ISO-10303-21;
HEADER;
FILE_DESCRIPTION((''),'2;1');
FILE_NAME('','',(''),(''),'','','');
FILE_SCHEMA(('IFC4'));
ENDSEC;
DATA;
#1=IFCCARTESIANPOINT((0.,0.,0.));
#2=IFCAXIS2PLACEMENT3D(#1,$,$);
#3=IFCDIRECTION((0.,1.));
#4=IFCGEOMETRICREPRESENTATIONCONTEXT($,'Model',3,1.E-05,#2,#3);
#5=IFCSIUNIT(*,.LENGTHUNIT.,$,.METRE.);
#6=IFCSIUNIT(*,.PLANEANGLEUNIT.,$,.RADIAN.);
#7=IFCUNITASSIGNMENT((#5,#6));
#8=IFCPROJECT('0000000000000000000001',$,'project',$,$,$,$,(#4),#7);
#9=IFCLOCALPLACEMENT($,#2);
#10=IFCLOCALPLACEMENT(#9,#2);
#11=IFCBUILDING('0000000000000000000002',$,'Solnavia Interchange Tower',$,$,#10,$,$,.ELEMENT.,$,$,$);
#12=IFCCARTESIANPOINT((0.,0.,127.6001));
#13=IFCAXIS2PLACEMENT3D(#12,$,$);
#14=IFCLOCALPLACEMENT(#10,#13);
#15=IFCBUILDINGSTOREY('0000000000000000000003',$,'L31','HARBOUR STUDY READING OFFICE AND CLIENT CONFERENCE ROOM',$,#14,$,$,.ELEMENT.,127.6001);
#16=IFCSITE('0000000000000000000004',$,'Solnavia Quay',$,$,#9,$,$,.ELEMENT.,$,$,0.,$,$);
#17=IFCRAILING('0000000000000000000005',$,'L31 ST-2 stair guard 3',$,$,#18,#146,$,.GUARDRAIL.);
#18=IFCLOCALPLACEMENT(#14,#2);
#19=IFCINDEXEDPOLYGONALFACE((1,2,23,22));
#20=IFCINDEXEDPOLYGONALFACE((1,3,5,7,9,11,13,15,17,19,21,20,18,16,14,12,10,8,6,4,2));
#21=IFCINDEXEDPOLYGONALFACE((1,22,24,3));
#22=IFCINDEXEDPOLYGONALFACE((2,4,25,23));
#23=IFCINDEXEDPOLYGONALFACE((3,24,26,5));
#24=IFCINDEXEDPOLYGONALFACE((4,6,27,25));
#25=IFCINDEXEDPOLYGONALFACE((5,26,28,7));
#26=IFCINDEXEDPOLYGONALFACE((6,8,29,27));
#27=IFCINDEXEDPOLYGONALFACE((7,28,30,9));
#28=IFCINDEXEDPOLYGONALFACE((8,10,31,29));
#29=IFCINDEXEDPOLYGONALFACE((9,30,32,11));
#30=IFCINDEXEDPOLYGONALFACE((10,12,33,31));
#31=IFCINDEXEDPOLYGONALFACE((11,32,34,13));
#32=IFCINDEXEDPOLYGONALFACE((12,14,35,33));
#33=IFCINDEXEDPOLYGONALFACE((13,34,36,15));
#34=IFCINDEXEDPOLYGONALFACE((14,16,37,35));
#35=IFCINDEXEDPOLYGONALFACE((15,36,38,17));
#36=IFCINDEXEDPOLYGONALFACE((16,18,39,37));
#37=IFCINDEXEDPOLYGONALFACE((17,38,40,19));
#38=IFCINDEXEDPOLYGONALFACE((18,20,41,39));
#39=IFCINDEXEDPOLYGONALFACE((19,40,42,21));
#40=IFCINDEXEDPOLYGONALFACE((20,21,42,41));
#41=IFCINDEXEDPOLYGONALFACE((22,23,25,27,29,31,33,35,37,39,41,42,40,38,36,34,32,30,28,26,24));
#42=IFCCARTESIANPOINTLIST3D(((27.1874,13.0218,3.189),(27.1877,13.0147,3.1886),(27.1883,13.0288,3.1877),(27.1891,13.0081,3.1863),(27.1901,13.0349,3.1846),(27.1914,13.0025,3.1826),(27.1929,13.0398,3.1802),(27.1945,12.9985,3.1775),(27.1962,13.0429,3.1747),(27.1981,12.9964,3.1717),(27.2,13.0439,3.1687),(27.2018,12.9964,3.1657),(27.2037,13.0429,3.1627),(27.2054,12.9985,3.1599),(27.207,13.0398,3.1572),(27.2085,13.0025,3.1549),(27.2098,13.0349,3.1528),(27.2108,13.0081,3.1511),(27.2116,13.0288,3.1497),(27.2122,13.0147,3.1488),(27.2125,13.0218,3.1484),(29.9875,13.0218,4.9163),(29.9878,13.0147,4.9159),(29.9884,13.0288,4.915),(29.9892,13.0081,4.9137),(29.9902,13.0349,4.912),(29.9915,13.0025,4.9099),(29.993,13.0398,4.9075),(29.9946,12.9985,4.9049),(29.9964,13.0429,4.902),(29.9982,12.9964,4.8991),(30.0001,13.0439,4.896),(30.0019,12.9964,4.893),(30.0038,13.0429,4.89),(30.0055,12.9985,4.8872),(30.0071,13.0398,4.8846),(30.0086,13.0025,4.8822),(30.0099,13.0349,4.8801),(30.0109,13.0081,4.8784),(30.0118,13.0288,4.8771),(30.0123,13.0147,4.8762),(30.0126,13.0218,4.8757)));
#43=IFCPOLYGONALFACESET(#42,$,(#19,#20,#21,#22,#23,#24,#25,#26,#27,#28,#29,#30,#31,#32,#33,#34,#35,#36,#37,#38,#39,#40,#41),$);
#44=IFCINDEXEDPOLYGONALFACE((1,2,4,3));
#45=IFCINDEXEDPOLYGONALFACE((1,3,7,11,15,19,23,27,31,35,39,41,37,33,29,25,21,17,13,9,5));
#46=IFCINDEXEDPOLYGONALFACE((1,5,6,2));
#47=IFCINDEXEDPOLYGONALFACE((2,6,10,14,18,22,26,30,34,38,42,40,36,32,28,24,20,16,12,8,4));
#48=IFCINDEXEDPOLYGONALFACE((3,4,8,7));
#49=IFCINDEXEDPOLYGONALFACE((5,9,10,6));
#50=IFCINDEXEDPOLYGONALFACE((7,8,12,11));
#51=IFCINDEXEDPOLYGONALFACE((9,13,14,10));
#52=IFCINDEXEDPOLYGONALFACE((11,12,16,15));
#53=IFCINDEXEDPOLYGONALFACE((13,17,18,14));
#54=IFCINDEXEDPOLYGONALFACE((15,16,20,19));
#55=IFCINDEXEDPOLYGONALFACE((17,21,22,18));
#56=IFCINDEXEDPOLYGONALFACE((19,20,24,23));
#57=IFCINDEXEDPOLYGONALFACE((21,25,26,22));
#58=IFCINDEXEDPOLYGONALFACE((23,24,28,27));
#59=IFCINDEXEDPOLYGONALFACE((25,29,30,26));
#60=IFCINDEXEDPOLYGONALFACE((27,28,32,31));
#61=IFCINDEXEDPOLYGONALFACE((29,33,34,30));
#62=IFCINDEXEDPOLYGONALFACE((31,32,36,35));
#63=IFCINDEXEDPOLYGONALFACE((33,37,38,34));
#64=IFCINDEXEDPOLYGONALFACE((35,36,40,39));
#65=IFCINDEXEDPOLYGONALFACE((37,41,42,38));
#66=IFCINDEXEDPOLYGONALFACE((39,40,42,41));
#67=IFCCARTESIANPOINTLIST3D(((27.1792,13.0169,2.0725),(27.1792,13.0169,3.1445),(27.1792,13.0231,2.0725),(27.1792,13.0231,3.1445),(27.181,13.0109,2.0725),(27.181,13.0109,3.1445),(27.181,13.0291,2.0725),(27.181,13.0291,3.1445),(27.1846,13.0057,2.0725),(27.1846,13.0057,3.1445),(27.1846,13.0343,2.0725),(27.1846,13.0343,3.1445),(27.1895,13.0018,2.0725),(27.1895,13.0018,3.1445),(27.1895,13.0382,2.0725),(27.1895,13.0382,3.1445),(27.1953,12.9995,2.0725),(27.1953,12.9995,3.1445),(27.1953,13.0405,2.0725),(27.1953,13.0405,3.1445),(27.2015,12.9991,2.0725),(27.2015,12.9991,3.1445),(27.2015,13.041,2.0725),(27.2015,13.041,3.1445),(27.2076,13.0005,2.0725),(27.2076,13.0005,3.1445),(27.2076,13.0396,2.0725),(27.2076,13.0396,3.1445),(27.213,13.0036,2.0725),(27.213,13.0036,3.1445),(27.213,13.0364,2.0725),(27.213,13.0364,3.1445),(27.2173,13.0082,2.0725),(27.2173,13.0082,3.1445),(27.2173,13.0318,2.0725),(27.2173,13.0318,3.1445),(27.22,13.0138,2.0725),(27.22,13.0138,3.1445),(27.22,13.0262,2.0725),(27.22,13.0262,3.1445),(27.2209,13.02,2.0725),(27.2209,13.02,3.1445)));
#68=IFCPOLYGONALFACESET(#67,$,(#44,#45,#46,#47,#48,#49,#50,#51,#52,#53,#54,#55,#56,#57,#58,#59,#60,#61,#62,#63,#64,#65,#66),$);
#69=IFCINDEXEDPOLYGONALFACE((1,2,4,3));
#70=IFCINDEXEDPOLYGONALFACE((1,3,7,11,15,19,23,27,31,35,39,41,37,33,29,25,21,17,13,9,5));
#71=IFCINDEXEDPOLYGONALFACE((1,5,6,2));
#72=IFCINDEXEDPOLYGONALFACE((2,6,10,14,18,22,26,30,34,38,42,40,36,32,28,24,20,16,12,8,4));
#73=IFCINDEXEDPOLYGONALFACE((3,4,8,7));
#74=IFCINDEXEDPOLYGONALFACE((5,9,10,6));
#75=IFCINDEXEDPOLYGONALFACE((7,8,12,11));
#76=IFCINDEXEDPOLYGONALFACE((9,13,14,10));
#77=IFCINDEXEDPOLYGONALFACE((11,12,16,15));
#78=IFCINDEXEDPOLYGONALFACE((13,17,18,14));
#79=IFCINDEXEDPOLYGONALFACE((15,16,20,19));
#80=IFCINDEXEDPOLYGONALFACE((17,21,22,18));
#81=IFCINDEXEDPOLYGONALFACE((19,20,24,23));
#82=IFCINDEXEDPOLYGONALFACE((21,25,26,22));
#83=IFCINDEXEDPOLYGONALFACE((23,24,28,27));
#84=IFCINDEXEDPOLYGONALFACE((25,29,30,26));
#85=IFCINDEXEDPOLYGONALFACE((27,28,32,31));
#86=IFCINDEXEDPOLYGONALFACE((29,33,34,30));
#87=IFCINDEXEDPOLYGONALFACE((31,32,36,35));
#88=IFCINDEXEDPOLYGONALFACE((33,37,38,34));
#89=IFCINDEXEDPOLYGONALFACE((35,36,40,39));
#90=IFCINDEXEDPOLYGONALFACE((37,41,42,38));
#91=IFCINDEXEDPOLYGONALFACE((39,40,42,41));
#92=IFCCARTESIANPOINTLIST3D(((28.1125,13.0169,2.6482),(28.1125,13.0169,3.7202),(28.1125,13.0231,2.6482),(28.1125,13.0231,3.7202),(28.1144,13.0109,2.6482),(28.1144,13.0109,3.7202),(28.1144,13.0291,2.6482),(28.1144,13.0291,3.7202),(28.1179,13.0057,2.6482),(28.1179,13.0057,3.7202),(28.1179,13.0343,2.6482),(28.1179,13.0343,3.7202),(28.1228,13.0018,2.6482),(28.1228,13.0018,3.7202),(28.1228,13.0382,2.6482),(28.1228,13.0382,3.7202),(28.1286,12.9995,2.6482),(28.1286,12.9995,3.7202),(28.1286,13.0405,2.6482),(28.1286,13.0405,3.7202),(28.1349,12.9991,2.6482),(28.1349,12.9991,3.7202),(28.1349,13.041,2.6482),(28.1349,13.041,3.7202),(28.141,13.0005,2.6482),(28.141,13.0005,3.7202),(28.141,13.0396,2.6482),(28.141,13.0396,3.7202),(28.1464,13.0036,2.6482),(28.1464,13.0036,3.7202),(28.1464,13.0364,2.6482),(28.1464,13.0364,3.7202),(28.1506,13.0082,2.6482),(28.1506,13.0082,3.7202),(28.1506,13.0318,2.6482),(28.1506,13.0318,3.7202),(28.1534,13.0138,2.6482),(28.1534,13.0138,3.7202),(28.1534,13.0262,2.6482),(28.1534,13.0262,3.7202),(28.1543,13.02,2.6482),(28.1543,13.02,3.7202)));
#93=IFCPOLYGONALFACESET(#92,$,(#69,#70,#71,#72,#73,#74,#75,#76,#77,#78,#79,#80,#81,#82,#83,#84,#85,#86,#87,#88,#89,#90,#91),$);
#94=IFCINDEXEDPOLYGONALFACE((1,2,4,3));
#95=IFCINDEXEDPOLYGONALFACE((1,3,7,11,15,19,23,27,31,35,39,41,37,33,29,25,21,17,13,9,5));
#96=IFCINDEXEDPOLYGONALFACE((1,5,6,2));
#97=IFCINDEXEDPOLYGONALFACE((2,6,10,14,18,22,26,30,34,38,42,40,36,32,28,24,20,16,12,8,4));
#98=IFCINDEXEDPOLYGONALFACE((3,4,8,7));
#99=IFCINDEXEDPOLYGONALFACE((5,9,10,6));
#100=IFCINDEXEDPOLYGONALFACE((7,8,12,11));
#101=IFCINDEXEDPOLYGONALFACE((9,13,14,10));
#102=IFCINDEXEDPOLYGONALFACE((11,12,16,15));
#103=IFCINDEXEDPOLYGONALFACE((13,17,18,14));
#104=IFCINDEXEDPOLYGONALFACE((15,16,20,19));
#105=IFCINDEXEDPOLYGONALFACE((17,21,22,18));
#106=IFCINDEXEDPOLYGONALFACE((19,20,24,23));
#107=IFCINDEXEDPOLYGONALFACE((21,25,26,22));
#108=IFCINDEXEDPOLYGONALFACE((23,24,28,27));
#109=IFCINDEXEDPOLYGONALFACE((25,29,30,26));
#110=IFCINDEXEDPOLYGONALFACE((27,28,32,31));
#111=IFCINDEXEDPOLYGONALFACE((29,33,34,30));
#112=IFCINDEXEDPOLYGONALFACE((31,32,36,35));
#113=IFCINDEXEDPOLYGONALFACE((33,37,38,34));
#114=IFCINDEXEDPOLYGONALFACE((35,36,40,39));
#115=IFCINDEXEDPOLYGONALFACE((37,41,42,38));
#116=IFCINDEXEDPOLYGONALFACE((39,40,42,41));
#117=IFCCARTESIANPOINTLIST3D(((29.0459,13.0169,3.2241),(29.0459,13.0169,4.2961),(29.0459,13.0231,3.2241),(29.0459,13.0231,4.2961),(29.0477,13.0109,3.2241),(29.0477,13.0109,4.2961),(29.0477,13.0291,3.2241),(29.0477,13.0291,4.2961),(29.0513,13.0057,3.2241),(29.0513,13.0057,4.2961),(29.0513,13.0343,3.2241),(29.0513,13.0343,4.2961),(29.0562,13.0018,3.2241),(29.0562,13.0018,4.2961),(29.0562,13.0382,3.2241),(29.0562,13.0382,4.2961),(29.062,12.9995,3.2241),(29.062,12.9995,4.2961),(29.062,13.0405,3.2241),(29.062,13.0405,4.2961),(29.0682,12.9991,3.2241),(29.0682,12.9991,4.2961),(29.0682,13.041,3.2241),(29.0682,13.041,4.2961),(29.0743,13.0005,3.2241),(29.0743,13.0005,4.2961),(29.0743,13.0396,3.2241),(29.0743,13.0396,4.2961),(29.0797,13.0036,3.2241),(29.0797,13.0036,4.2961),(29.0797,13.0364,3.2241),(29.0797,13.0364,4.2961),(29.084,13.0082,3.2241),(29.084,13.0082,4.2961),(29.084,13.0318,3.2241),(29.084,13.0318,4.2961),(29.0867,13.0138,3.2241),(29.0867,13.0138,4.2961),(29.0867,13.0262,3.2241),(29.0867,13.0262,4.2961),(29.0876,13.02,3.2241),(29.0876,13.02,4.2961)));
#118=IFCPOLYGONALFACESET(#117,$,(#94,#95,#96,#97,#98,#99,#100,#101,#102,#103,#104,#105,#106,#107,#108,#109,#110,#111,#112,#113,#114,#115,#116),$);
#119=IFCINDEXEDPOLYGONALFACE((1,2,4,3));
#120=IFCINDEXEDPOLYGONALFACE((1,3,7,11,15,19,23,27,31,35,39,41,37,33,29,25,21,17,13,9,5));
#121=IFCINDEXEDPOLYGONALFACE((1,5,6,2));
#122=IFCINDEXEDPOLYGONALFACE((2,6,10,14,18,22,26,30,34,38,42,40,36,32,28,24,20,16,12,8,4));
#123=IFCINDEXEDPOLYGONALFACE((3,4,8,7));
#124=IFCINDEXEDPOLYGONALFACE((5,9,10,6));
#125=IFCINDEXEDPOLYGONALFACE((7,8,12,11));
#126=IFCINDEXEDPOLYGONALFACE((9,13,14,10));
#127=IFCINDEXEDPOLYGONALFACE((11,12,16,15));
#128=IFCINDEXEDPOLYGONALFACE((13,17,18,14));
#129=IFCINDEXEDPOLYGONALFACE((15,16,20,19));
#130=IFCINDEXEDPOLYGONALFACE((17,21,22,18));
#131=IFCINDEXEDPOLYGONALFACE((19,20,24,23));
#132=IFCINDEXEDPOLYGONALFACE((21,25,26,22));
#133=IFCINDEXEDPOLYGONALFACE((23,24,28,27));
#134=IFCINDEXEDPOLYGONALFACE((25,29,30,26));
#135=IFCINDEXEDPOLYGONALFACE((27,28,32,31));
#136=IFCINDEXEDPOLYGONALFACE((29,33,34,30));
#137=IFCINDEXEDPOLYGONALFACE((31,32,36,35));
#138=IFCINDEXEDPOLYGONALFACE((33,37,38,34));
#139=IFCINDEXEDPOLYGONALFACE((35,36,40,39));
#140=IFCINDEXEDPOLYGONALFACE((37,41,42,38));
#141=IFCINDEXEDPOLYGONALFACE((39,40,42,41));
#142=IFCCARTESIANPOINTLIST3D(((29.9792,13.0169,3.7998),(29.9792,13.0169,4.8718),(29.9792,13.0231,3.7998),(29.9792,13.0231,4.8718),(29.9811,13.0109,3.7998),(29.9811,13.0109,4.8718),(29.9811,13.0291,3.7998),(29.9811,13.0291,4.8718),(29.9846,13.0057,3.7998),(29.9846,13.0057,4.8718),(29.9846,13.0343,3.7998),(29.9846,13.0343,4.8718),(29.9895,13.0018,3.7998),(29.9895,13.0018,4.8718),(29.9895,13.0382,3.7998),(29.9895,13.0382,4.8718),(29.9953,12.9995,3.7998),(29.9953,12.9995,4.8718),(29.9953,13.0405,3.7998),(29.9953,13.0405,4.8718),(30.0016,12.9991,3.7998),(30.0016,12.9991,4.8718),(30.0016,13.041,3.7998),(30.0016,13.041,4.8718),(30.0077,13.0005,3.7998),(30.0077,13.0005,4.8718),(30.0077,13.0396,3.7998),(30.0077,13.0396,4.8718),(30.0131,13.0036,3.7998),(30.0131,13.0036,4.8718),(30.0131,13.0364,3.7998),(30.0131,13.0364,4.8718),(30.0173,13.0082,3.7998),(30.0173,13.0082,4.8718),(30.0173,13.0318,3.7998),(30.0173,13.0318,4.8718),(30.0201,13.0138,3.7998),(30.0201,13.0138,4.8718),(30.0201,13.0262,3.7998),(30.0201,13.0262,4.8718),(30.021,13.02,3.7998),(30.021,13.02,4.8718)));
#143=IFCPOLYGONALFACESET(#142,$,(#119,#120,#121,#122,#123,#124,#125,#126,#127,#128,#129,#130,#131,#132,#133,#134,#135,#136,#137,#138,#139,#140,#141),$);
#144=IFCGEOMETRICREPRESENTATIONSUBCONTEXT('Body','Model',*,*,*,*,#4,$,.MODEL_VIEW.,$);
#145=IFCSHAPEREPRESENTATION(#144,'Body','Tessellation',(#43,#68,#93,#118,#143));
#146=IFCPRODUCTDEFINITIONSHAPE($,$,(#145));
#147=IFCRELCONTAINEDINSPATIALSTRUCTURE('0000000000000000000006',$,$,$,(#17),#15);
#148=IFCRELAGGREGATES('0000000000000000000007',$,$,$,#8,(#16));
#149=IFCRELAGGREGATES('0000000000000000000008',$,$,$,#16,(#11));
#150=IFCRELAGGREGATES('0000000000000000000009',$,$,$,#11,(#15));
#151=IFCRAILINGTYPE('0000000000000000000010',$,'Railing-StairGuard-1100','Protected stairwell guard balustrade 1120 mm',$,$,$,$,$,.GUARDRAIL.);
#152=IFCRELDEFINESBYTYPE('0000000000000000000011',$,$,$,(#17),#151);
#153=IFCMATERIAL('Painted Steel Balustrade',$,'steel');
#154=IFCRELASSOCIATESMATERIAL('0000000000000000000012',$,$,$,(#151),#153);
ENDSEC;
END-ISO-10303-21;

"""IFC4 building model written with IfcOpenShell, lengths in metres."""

from ifc_helpers import new_model, si_unit, direction, frame, origin, origin_2d, place, context, subcontext, project, spatial, circle, extrude, material, type_object, element, save


model = new_model("IFC4")

# Units and contexts
model_context = context("Model", 3, precision=1e-05, world=origin(), true_north=direction((0.0, 1.0)))
body_context = subcontext(model_context, "Body", "Model", "MODEL_VIEW")
ifc_project = project(units=[si_unit("LENGTHUNIT", "METRE"), si_unit("PLANEANGLEUNIT", "RADIAN")], contexts=[model_context])

# Site, building, storey
site_placement = place(None, origin())
site = spatial("IfcSite", under=ifc_project, at=site_placement, Name="Solnavia Quay", CompositionType="ELEMENT", RefElevation=0.0)
building_placement = place(site_placement, origin())
building = spatial("IfcBuilding", under=site, at=building_placement, Name="Solnavia Interchange Tower", CompositionType="ELEMENT")
storey_placement = place(building_placement, frame((0.0, 0.0, 127.6001)))
storey = spatial("IfcBuildingStorey", under=building, at=storey_placement, Name="L31", Description="HARBOUR STUDY READING OFFICE AND CLIENT CONFERENCE ROOM", CompositionType="ELEMENT", Elevation=127.6001)

# Railing
ifc_material_1 = material(Name="Painted Steel Balustrade", Category="steel")
railing_type_1 = type_object("IfcRailingType", Name="Railing-StairGuard-1100", Description="Protected stairwell guard balustrade 1120 mm", PredefinedType="GUARDRAIL", material=ifc_material_1)
railing_1_placement = place(storey_placement, frame((27.2, 13.02, 2.0725)))
element("IfcRailing", 1, at=railing_1_placement, inside=storey, type_object=railing_type_1, Name="L31 ST-2 stair guard 3", PredefinedType="GUARDRAIL", context=body_context, shape_type="SweptSolid", body=[
    extrude(circle(Radius=0.0239, at=origin_2d()), frame((0.0, 0.0, 1.0962), z_axis=(0.85109, 0.0, 0.52502), x_axis=(0.0, 1.0, 0.0)), (0.0, 0.0, 1.0), 3.29),
    extrude(circle(Radius=0.021, at=origin_2d()), origin(), (0.0, 0.0, 1.0), 1.072),
    extrude(circle(Radius=0.021, at=origin_2d()), frame((0.9333, 0.0, 0.5757)), (0.0, 0.0, 1.0), 1.072),
    extrude(circle(Radius=0.021, at=origin_2d()), frame((1.8667, 0.0, 1.1516)), (0.0, 0.0, 1.0), 1.072),
    extrude(circle(Radius=0.021, at=origin_2d()), frame((2.8, 0.0, 1.7273)), (0.0, 0.0, 1.0), 1.072),
])

save(model, "model.ifc")
